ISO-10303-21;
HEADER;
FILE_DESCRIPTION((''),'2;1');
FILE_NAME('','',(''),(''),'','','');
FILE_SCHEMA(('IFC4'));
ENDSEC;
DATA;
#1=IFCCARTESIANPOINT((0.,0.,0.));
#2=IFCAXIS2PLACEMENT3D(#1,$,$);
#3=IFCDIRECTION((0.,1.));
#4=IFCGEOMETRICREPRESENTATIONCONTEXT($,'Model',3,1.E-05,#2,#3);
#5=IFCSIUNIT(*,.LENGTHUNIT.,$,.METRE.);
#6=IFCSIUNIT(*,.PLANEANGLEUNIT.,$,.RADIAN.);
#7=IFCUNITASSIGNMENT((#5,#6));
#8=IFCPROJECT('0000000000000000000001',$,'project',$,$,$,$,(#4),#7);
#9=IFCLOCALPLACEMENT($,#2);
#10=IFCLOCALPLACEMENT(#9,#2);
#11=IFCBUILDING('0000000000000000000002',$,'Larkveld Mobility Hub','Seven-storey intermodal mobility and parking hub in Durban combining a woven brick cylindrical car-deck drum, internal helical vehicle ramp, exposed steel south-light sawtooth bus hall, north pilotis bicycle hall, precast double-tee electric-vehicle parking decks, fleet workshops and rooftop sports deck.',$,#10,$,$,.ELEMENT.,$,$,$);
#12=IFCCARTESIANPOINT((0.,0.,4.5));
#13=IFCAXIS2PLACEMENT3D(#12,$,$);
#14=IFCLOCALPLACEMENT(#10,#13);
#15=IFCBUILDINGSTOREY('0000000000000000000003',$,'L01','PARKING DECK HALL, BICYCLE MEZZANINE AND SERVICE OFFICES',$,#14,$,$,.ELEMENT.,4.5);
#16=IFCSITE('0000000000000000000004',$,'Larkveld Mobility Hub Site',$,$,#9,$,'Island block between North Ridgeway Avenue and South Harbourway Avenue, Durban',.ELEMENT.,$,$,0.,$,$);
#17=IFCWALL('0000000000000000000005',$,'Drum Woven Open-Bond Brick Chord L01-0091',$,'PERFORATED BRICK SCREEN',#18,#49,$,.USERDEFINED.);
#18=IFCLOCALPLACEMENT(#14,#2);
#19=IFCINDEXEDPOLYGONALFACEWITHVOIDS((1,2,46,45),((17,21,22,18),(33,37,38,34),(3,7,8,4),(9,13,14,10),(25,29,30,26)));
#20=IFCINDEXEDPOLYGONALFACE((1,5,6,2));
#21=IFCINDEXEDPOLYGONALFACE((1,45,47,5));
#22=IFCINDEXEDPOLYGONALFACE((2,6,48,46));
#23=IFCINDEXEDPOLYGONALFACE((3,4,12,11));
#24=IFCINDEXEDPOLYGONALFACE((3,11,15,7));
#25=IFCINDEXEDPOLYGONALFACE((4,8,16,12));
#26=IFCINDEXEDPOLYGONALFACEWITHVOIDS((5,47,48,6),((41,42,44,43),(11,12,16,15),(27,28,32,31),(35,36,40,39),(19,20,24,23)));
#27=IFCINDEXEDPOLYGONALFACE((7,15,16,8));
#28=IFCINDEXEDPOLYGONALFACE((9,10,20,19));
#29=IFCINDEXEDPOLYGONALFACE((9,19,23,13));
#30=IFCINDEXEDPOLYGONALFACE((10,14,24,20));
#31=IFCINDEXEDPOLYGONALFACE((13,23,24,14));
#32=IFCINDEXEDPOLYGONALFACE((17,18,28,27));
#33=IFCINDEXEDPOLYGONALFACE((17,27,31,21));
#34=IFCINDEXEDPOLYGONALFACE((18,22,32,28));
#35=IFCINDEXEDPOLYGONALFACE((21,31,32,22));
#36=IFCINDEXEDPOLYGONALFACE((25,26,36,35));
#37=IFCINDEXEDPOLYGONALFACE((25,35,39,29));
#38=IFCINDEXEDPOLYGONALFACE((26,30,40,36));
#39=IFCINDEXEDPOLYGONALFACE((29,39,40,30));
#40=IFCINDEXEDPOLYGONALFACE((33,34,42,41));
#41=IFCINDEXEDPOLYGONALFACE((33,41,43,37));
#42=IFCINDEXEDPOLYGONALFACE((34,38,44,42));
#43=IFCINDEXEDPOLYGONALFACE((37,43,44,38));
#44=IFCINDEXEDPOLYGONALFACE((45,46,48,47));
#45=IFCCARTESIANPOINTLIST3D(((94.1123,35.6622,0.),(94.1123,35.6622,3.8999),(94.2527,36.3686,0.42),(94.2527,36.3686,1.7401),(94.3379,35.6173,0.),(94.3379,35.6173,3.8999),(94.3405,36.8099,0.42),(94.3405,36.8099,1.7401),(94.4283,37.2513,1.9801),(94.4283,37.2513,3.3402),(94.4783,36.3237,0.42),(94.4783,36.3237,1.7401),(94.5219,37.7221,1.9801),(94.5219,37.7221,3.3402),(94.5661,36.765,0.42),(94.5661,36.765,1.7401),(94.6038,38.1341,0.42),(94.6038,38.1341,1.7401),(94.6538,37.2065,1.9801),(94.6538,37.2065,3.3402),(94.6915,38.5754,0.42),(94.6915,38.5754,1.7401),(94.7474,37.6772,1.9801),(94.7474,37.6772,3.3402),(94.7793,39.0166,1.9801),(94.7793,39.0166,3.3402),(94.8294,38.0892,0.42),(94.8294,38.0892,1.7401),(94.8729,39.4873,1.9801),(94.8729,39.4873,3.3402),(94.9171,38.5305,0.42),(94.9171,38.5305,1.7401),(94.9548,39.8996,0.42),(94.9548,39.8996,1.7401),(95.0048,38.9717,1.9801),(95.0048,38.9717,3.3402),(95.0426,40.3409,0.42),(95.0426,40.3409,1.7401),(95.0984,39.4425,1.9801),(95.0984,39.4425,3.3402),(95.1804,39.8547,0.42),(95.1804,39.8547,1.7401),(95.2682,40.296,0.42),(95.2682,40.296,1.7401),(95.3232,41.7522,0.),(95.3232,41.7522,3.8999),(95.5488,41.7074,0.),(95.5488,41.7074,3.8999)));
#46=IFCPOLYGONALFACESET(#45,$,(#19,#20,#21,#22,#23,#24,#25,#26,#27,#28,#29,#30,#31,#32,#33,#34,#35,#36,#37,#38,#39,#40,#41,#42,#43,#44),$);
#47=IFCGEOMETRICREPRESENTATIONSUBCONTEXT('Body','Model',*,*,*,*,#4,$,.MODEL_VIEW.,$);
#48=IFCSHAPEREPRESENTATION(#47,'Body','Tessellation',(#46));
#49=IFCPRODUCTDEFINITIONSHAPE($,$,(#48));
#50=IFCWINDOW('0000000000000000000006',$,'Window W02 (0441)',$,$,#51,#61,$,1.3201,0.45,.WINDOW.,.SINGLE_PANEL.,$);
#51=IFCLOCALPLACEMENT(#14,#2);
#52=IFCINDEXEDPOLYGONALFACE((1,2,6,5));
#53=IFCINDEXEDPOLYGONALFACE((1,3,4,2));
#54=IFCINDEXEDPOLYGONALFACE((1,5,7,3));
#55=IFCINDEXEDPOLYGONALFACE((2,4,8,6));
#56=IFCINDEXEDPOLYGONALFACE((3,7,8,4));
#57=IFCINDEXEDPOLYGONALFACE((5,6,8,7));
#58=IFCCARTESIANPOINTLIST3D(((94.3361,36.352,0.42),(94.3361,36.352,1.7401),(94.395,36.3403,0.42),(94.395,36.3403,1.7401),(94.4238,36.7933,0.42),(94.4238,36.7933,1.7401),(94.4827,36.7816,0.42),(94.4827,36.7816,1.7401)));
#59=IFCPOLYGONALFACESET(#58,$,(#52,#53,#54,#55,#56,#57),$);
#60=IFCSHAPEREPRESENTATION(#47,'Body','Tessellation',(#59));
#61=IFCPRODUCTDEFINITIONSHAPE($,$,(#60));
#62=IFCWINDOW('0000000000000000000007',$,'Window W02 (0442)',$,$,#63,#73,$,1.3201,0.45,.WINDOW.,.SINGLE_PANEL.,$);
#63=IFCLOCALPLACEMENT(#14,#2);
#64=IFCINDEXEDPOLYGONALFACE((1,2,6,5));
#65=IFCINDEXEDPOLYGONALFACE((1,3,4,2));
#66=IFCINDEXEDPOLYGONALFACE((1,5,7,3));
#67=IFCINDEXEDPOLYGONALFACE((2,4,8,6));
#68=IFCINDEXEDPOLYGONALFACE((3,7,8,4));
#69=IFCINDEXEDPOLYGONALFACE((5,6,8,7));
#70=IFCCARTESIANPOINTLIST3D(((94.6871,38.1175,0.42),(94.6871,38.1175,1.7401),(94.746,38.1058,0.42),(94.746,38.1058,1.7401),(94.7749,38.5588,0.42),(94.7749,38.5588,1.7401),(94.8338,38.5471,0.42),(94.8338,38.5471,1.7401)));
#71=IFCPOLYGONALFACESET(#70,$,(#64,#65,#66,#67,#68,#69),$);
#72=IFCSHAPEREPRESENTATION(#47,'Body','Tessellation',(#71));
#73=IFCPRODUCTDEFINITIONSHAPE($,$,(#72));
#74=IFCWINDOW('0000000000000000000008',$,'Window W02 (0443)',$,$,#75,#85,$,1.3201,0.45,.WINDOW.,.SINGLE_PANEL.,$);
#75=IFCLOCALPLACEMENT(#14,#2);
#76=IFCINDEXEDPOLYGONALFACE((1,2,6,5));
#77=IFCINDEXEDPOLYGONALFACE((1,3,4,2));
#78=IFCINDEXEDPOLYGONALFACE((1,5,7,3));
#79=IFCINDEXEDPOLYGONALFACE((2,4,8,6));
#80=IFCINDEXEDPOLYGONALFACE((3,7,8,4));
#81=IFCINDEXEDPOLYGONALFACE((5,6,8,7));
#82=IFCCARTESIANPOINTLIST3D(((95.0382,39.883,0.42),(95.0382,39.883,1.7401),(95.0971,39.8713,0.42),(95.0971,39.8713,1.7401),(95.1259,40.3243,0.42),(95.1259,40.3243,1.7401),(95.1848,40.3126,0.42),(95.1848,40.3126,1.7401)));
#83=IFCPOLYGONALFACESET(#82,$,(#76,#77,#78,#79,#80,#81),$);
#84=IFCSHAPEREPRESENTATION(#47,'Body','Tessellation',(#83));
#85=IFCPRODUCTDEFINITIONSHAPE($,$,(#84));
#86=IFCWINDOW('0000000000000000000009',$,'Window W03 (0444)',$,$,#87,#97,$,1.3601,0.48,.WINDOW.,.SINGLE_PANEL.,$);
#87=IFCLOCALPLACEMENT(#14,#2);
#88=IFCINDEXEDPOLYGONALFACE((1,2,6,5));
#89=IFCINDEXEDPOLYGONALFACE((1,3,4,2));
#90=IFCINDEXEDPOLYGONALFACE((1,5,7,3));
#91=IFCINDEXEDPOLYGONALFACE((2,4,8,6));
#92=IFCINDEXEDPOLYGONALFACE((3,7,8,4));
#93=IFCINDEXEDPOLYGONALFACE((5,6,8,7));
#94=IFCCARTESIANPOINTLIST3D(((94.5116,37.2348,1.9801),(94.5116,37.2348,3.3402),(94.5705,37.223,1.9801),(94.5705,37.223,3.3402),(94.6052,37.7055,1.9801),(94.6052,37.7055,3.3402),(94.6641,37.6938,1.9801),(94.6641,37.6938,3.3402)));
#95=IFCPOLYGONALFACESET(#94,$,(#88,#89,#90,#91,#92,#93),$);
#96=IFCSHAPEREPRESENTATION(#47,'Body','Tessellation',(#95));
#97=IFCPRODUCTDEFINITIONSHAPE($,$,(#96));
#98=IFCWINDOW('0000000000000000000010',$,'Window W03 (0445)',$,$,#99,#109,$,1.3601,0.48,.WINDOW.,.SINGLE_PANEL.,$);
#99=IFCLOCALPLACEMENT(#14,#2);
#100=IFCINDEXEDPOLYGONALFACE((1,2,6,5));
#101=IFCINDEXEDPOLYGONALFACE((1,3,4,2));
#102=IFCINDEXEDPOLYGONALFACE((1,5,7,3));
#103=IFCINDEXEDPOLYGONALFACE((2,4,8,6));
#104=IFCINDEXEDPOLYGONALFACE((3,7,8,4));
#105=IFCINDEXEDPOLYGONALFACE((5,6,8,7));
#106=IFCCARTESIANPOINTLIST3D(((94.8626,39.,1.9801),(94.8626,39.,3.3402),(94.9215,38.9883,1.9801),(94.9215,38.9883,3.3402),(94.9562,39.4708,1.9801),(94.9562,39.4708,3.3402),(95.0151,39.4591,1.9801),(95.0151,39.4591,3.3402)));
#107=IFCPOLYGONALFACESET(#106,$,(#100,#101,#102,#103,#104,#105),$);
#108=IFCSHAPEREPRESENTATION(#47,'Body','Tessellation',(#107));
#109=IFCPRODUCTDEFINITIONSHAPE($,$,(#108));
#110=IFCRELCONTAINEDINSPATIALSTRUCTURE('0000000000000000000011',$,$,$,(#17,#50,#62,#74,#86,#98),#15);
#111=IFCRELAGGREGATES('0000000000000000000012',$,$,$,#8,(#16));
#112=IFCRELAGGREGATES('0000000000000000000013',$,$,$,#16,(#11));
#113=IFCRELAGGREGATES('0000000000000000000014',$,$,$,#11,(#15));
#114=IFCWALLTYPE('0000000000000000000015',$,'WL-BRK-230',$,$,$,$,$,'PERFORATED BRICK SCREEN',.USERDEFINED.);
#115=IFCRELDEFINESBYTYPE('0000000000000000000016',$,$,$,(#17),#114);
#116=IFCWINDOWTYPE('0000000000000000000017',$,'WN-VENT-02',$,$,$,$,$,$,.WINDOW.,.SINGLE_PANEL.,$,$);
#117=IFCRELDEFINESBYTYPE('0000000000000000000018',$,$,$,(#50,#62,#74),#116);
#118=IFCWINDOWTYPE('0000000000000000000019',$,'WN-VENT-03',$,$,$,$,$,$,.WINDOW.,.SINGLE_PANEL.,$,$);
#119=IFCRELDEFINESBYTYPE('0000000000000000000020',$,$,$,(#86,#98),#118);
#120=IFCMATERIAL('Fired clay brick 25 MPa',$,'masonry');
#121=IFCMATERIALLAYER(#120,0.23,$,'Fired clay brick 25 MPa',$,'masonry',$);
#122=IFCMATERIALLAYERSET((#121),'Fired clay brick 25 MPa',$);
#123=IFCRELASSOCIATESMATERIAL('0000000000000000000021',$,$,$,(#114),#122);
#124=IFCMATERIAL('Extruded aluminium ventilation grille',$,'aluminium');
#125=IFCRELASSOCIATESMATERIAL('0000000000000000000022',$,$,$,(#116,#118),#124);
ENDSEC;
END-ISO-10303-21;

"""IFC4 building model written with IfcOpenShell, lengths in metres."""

from ifc_helpers import new_model, si_unit, direction, frame, frame_2d, origin, place, context, subcontext, project, spatial, rectangle, extrude, material, layer, layer_set, type_object, element, fill, save


model = new_model("IFC4")

# Units and contexts
model_context = context("Model", 3, precision=1e-05, world=origin(), true_north=direction((0.0, 1.0)))
body_context = subcontext(model_context, "Body", "Model", "MODEL_VIEW")
ifc_project = project(units=[si_unit("LENGTHUNIT", "METRE"), si_unit("PLANEANGLEUNIT", "RADIAN")], contexts=[model_context])

# Site, building, storey
site_placement = place(None, origin())
site = spatial("IfcSite", under=ifc_project, at=site_placement, Name="Larkveld Mobility Hub Site", LongName="Island block between North Ridgeway Avenue and South Harbourway Avenue, Durban", CompositionType="ELEMENT", RefElevation=0.0)
building_placement = place(site_placement, origin())
building = spatial("IfcBuilding", under=site, at=building_placement, Name="Larkveld Mobility Hub", Description="Seven-storey intermodal mobility and parking hub in Durban combining a woven brick cylindrical car-deck drum, internal helical vehicle ramp, exposed steel south-light sawtooth bus hall, north pilotis bicycle hall, precast double-tee electric-vehicle parking decks, fleet workshops and rooftop sports deck.", CompositionType="ELEMENT")
storey_placement = place(building_placement, frame((0.0, 0.0, 4.5)))
storey = spatial("IfcBuildingStorey", under=building, at=storey_placement, Name="L01", Description="PARKING DECK HALL, BICYCLE MEZZANINE AND SERVICE OFFICES", CompositionType="ELEMENT", Elevation=4.5)

# Wall, openings, windows
ifc_material_1 = material(Name="Fired clay brick 25 MPa", Category="masonry")
ifc_layer_1 = layer(ifc_material_1, 0.23, Name="Fired clay brick 25 MPa", Category="masonry")
ifc_layer_set_1 = layer_set([ifc_layer_1], Name="Fired clay brick 25 MPa")
wall_type_1 = type_object("IfcWallType", Name="WL-BRK-230", ElementType="PERFORATED BRICK SCREEN", PredefinedType="USERDEFINED", material=ifc_layer_set_1)
wall_1_placement = place(storey_placement, frame((94.2251, 35.6399, 0.0), z_axis=(0.0, 0.0, 1.0), x_axis=(0.19502, 0.980799, 0.0)))
wall_1 = element("IfcWall", 1, at=wall_1_placement, inside=storey, type_object=wall_type_1, Name="Drum Woven Open-Bond Brick Chord L01-0091", ObjectType="PERFORATED BRICK SCREEN", PredefinedType="USERDEFINED", context=body_context, shape_type="SweptSolid", body=[
    extrude(rectangle(XDim=6.2092, YDim=0.23, at=frame_2d((3.1045, 0.0))), origin(), (0.0, 0.0, 1.0), 3.8999),
])
opening_1_placement = place(wall_1_placement, frame((0.72, 0.0, 0.4199)))
opening_1 = element("IfcOpeningElement", 2, at=opening_1_placement, cuts=wall_1, PredefinedType="OPENING", context=body_context, shape_type="SweptSolid", body=[
    extrude(rectangle(XDim=0.45, YDim=1.3201, at=frame_2d((0.2251, 0.6602))), frame((0.0, 0.125, 0.0), z_axis=(0.0, -1.0, 0.0), x_axis=(1.0, 0.0, 0.0)), (0.0, 0.0, 1.0), 0.25),
])
opening_2_placement = place(wall_1_placement, frame((2.52, 0.0, 0.4199)))
opening_2 = element("IfcOpeningElement", 3, at=opening_2_placement, cuts=wall_1, PredefinedType="OPENING", context=body_context, shape_type="SweptSolid", body=[
    extrude(rectangle(XDim=0.45, YDim=1.3201, at=frame_2d((0.2251, 0.6602))), frame((0.0, 0.125, 0.0), z_axis=(0.0, -1.0, 0.0), x_axis=(1.0, 0.0, 0.0)), (0.0, 0.0, 1.0), 0.25),
])
opening_3_placement = place(wall_1_placement, frame((4.3201, 0.0, 0.4199)))
opening_3 = element("IfcOpeningElement", 4, at=opening_3_placement, cuts=wall_1, PredefinedType="OPENING", context=body_context, shape_type="SweptSolid", body=[
    extrude(rectangle(XDim=0.45, YDim=1.3201, at=frame_2d((0.2251, 0.6602))), frame((0.0, 0.125, 0.0), z_axis=(0.0, -1.0, 0.0), x_axis=(1.0, 0.0, 0.0)), (0.0, 0.0, 1.0), 0.25),
])
opening_4_placement = place(wall_1_placement, frame((1.6201, 0.0, 1.98)))
opening_4 = element("IfcOpeningElement", 5, at=opening_4_placement, cuts=wall_1, PredefinedType="OPENING", context=body_context, shape_type="SweptSolid", body=[
    extrude(rectangle(XDim=0.48, YDim=1.3601, at=frame_2d((0.24, 0.6802))), frame((0.0, 0.125, 0.0), z_axis=(0.0, -1.0, 0.0), x_axis=(1.0, 0.0, 0.0)), (0.0, 0.0, 1.0), 0.25),
])
opening_5_placement = place(wall_1_placement, frame((3.4199, 0.0, 1.98)))
opening_5 = element("IfcOpeningElement", 6, at=opening_5_placement, cuts=wall_1, PredefinedType="OPENING", context=body_context, shape_type="SweptSolid", body=[
    extrude(rectangle(XDim=0.48, YDim=1.3601, at=frame_2d((0.24, 0.6802))), frame((0.0, 0.125, 0.0), z_axis=(0.0, -1.0, 0.0), x_axis=(1.0, 0.0, 0.0)), (0.0, 0.0, 1.0), 0.25),
])
ifc_material_2 = material(Name="Extruded aluminium ventilation grille", Category="aluminium")
window_type_1 = type_object("IfcWindowType", Name="WN-VENT-02", PartitioningType="SINGLE_PANEL", PredefinedType="WINDOW", material=ifc_material_2)
window_1_placement = place(opening_1_placement, origin())
window_1 = element("IfcWindow", 7, at=window_1_placement, inside=storey, type_object=window_type_1, Name="Window W02 (0441)", OverallHeight=1.3201, OverallWidth=0.45, PartitioningType="SINGLE_PANEL", PredefinedType="WINDOW", context=body_context, shape_type="SweptSolid", body=[
    extrude(rectangle(XDim=0.45, YDim=1.3201, at=frame_2d((0.2251, 0.6602))), frame((0.0, 0.03, 0.0), z_axis=(0.0, -1.0, 0.0), x_axis=(1.0, 0.0, 0.0)), (0.0, 0.0, 1.0), 0.0601),
])
fill(opening_1, window_1)
window_2_placement = place(opening_2_placement, origin())
window_2 = element("IfcWindow", 8, at=window_2_placement, inside=storey, type_object=window_type_1, Name="Window W02 (0442)", OverallHeight=1.3201, OverallWidth=0.45, PartitioningType="SINGLE_PANEL", PredefinedType="WINDOW", context=body_context, shape_type="SweptSolid", body=[
    extrude(rectangle(XDim=0.45, YDim=1.3201, at=frame_2d((0.2251, 0.6602))), frame((0.0, 0.03, 0.0), z_axis=(0.0, -1.0, 0.0), x_axis=(1.0, 0.0, 0.0)), (0.0, 0.0, 1.0), 0.0601),
])
fill(opening_2, window_2)
window_3_placement = place(opening_3_placement, origin())
window_3 = element("IfcWindow", 9, at=window_3_placement, inside=storey, type_object=window_type_1, Name="Window W02 (0443)", OverallHeight=1.3201, OverallWidth=0.45, PartitioningType="SINGLE_PANEL", PredefinedType="WINDOW", context=body_context, shape_type="SweptSolid", body=[
    extrude(rectangle(XDim=0.45, YDim=1.3201, at=frame_2d((0.2251, 0.6602))), frame((0.0, 0.03, 0.0), z_axis=(0.0, -1.0, 0.0), x_axis=(1.0, 0.0, 0.0)), (0.0, 0.0, 1.0), 0.0601),
])
fill(opening_3, window_3)
window_type_2 = type_object("IfcWindowType", Name="WN-VENT-03", PartitioningType="SINGLE_PANEL", PredefinedType="WINDOW", material=ifc_material_2)
window_4_placement = place(opening_4_placement, origin())
window_4 = element("IfcWindow", 10, at=window_4_placement, inside=storey, type_object=window_type_2, Name="Window W03 (0444)", OverallHeight=1.3601, OverallWidth=0.48, PartitioningType="SINGLE_PANEL", PredefinedType="WINDOW", context=body_context, shape_type="SweptSolid", body=[
    extrude(rectangle(XDim=0.48, YDim=1.3601, at=frame_2d((0.24, 0.6802))), frame((0.0, 0.03, 0.0), z_axis=(0.0, -1.0, 0.0), x_axis=(1.0, 0.0, 0.0)), (0.0, 0.0, 1.0), 0.0601),
])
fill(opening_4, window_4)
window_5_placement = place(opening_5_placement, origin())
window_5 = element("IfcWindow", 11, at=window_5_placement, inside=storey, type_object=window_type_2, Name="Window W03 (0445)", OverallHeight=1.3601, OverallWidth=0.48, PartitioningType="SINGLE_PANEL", PredefinedType="WINDOW", context=body_context, shape_type="SweptSolid", body=[
    extrude(rectangle(XDim=0.48, YDim=1.3601, at=frame_2d((0.24, 0.6802))), frame((0.0, 0.03, 0.0), z_axis=(0.0, -1.0, 0.0), x_axis=(1.0, 0.0, 0.0)), (0.0, 0.0, 1.0), 0.0601),
])
fill(opening_5, window_5)

save(model, "model.ifc")
